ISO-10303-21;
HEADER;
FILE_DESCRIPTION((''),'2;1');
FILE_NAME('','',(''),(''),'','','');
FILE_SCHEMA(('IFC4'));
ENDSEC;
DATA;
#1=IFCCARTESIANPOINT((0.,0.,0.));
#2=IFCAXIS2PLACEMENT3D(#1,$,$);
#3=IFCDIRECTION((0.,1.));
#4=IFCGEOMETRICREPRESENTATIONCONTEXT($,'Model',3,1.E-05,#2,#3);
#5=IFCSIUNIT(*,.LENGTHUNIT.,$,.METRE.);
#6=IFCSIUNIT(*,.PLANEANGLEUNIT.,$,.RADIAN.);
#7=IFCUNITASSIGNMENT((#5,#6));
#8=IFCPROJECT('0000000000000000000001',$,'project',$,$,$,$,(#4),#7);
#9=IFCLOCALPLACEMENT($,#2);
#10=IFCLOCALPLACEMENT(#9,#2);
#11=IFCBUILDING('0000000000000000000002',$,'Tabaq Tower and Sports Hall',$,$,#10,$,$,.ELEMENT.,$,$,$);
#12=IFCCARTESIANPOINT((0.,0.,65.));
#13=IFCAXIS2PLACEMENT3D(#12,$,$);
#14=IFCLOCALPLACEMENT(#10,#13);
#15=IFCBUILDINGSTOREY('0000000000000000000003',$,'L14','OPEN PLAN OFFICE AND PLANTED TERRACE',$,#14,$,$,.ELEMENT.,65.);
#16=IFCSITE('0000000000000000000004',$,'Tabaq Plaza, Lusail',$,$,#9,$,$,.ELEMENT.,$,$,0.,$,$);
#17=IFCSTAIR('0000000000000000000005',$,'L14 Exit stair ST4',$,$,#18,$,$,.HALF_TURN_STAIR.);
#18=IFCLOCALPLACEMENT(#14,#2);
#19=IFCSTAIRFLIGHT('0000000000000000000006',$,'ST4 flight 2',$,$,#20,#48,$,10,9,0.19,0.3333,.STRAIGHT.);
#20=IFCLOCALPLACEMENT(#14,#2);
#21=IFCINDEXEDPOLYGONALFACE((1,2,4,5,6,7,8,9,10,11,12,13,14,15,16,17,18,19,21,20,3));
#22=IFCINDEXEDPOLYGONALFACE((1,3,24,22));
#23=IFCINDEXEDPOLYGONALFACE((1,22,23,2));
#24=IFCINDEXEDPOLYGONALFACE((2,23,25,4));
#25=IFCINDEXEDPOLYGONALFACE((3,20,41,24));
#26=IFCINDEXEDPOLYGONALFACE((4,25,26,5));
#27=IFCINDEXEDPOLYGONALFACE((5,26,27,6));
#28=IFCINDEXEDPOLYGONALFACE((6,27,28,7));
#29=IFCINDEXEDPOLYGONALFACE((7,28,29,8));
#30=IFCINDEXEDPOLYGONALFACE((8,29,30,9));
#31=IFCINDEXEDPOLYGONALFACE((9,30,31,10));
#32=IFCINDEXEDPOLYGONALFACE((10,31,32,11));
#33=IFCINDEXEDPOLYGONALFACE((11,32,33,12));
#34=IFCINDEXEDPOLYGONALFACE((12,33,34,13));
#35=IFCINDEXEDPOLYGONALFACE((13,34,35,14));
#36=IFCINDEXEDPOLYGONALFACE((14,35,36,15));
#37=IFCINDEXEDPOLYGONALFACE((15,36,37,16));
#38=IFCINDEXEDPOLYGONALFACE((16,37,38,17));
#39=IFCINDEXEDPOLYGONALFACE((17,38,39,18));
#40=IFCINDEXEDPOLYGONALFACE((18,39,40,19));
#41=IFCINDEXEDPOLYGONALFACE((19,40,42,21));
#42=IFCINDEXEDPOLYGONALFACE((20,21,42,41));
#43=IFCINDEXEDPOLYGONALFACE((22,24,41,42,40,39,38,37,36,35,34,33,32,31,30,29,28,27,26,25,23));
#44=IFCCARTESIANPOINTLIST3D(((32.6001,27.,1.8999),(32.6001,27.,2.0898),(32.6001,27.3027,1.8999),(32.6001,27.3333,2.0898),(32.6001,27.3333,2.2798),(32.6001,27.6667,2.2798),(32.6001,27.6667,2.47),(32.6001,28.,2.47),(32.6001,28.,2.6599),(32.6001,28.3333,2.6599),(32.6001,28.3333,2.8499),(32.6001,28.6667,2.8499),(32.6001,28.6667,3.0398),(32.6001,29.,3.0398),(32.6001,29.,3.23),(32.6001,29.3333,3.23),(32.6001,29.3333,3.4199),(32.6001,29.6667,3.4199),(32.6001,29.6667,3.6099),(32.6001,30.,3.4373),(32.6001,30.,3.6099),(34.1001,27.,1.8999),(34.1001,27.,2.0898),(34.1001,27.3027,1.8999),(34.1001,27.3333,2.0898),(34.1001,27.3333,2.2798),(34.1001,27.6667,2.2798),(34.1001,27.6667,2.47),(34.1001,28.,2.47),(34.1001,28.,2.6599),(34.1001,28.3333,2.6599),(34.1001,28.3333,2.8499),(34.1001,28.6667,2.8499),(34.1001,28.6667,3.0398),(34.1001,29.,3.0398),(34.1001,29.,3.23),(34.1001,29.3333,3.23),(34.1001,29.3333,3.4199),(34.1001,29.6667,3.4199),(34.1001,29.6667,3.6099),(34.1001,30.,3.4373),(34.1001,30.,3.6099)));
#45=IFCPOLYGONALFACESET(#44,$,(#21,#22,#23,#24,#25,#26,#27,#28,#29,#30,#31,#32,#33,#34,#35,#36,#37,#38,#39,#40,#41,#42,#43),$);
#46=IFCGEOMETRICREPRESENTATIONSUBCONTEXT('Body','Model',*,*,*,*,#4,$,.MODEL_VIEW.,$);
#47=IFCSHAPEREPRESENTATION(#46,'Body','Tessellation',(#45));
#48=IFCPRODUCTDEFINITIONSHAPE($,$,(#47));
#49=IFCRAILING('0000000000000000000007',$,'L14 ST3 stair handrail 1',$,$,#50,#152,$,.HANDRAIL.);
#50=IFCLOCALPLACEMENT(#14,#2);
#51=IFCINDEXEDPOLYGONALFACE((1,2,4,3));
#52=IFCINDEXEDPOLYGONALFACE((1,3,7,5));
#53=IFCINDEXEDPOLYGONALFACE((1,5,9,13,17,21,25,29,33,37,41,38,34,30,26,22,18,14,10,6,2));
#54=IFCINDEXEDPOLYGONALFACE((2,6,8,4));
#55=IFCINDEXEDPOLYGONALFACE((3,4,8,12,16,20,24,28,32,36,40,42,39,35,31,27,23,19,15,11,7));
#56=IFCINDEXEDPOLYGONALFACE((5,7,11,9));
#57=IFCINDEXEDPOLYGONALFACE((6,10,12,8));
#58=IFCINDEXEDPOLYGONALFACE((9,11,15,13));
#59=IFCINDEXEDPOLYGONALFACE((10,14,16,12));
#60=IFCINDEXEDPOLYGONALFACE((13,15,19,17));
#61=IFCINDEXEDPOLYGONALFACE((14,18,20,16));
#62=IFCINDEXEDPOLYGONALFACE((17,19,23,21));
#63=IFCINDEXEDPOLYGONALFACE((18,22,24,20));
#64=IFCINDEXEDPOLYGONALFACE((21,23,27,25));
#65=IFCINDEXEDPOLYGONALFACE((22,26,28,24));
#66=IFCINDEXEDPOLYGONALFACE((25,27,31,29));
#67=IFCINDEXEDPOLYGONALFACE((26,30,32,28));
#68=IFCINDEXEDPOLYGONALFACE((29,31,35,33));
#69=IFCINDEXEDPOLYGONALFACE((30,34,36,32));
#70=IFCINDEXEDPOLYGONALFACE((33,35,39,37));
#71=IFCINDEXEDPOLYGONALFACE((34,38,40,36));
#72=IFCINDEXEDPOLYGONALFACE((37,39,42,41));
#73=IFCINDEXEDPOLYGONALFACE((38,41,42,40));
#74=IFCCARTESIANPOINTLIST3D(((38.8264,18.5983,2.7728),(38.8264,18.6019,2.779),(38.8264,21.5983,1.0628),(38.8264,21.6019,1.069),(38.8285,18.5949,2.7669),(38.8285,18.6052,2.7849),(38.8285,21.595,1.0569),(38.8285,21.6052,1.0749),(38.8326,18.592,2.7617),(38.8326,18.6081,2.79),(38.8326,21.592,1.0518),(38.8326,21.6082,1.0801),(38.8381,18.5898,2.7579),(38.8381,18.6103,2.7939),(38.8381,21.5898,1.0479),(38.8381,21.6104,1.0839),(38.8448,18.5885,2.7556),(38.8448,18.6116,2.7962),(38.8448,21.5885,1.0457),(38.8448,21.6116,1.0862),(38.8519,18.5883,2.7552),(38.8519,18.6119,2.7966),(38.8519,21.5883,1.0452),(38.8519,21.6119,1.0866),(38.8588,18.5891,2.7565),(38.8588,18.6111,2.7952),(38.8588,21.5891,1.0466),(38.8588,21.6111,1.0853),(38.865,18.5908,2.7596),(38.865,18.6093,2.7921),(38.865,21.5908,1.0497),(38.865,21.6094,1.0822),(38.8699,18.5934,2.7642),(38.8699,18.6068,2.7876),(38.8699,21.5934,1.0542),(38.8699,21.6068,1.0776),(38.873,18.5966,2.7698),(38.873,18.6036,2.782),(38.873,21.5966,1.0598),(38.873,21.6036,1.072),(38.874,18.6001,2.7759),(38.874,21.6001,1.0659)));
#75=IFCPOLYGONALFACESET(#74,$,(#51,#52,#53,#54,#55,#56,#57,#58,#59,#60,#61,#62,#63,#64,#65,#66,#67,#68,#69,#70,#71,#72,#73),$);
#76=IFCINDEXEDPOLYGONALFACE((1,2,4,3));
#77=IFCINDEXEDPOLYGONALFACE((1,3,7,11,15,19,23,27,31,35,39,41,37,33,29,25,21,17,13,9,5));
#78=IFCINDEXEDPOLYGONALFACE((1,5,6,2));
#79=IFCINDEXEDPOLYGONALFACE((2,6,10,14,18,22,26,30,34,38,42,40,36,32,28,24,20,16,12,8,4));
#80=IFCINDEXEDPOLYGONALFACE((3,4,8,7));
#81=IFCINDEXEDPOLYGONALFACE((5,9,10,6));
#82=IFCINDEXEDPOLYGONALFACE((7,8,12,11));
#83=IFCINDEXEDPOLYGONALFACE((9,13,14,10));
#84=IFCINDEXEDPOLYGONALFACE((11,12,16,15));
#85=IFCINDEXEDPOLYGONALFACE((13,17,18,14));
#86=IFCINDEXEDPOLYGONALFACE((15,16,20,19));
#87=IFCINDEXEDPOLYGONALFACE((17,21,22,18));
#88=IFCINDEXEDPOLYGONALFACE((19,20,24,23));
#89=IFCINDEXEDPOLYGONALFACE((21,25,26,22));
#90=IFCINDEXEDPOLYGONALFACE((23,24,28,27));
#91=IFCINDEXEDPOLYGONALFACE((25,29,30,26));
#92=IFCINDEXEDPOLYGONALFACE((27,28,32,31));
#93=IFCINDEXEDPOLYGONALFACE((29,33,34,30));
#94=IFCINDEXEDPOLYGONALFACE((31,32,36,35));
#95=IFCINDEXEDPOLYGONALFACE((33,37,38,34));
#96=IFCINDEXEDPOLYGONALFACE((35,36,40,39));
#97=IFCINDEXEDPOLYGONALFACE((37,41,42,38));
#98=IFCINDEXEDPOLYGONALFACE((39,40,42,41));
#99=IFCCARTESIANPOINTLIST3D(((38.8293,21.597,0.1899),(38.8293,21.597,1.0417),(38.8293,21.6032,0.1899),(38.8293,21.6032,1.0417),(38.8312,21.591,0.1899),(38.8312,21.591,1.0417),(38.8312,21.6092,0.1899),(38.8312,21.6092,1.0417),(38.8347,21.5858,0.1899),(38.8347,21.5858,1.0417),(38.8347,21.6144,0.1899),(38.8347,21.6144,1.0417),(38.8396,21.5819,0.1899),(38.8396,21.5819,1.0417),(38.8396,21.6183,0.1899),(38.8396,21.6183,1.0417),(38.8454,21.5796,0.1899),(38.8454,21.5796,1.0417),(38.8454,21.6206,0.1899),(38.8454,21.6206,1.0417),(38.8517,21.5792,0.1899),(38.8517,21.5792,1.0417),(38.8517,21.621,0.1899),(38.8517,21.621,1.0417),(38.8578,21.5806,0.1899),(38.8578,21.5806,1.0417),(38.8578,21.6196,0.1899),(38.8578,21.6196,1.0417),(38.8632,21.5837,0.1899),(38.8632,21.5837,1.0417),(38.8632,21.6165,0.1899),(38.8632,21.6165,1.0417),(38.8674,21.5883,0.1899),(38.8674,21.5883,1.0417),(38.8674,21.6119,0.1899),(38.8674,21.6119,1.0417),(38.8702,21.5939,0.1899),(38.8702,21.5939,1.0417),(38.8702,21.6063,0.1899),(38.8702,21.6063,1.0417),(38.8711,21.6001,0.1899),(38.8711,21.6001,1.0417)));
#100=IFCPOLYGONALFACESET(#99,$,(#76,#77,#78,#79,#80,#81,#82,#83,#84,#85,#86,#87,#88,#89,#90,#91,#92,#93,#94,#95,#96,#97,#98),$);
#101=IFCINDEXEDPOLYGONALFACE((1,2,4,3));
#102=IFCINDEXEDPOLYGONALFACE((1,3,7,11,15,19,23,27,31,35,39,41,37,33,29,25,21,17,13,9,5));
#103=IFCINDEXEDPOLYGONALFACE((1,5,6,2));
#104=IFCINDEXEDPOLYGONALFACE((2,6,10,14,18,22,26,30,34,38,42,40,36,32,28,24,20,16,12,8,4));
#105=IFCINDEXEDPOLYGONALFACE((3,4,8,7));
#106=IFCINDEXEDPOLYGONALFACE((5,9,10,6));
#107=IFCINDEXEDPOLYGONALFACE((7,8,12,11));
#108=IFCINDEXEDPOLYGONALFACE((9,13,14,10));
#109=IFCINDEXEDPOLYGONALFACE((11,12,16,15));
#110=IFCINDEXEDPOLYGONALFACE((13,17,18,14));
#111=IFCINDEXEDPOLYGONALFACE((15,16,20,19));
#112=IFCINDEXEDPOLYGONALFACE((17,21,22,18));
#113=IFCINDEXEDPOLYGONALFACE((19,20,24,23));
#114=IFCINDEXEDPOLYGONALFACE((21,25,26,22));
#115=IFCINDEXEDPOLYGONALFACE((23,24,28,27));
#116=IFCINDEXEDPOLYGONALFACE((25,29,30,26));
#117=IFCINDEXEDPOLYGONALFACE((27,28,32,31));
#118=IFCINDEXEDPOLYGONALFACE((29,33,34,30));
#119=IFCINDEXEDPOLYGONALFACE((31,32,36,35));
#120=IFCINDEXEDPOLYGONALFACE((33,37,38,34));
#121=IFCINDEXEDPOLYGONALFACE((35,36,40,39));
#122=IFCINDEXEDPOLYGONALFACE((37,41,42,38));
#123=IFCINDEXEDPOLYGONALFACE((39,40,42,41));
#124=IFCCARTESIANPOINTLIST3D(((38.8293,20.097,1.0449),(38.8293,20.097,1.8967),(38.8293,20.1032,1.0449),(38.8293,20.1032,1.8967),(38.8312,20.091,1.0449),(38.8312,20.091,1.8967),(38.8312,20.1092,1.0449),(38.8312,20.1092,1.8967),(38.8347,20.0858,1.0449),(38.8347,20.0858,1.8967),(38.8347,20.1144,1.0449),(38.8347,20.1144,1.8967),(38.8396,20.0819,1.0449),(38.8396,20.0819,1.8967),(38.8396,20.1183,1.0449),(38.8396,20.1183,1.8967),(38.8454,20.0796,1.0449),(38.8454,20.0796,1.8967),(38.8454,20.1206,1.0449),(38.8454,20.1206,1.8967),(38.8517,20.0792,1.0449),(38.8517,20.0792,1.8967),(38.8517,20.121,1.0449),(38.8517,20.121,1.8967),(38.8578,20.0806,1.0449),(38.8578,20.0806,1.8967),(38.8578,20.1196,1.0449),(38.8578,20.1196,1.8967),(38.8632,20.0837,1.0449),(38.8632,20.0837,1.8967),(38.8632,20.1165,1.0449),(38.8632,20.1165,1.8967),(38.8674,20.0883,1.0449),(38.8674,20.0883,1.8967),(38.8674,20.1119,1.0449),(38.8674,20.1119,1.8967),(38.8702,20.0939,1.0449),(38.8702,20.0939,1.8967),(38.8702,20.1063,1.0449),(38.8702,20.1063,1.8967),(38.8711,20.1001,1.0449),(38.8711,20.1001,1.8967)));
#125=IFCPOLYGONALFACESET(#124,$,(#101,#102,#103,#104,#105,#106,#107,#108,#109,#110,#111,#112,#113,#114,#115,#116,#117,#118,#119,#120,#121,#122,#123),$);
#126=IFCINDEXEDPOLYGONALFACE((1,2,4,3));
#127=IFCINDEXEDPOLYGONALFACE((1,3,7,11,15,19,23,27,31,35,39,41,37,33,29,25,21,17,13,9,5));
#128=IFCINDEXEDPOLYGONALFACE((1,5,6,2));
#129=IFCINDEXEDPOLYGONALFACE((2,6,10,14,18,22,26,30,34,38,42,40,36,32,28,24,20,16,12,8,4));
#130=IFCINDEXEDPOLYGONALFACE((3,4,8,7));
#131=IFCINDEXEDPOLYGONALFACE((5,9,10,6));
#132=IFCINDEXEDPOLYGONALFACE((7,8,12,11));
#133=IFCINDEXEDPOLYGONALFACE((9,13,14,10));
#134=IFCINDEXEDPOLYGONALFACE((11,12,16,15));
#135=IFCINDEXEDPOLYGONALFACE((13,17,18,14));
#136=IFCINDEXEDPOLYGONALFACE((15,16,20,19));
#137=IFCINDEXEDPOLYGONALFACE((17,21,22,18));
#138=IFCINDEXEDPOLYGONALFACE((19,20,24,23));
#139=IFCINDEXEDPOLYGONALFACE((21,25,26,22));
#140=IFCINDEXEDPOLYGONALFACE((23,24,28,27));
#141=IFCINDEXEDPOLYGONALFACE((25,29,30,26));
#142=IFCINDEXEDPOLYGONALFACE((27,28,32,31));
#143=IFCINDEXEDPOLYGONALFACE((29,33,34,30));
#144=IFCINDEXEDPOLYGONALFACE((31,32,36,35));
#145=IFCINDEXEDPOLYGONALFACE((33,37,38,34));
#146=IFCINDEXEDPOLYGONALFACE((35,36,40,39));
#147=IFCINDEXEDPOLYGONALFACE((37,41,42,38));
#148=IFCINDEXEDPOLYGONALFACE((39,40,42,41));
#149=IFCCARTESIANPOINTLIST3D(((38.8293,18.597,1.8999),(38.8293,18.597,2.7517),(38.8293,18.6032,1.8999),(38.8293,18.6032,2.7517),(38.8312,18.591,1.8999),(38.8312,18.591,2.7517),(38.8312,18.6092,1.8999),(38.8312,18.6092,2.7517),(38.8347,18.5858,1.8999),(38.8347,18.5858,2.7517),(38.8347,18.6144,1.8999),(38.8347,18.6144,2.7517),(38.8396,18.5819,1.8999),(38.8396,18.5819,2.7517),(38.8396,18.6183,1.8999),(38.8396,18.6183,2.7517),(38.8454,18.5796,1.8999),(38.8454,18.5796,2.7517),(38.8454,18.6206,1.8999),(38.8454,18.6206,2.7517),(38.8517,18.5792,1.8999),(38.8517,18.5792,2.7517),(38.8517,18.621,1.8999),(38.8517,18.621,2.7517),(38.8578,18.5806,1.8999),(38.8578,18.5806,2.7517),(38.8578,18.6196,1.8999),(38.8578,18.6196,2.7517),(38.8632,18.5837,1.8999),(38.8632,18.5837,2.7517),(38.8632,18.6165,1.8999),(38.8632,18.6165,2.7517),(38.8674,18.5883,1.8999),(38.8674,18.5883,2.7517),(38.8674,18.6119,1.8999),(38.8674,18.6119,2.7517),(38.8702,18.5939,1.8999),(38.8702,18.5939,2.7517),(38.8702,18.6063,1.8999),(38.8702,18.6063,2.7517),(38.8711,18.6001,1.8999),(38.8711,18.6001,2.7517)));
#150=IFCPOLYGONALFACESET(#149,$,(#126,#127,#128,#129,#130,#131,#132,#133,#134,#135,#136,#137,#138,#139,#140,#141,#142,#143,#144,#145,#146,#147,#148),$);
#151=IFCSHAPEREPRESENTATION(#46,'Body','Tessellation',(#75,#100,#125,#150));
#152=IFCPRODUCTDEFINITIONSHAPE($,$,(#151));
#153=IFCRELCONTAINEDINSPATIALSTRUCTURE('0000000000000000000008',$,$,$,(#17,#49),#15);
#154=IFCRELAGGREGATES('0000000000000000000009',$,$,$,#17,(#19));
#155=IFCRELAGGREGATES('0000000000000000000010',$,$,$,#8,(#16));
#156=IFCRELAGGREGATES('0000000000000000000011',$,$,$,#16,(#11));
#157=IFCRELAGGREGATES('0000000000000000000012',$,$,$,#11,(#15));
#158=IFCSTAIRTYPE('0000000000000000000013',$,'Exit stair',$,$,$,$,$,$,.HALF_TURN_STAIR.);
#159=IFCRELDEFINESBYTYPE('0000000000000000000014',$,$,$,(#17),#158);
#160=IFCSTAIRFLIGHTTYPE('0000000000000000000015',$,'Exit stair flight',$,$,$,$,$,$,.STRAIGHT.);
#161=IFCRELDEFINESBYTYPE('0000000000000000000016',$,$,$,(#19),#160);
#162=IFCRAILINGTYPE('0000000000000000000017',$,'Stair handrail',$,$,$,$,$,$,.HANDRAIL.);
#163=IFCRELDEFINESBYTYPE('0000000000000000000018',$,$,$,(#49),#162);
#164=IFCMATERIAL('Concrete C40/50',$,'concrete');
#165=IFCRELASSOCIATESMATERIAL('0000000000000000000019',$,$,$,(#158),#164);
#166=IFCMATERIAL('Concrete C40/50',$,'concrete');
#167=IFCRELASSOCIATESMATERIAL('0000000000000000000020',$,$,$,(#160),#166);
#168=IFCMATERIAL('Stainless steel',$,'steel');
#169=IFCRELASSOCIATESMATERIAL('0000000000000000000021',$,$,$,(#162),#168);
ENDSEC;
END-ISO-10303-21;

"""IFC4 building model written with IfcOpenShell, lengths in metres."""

from ifc_helpers import new_model, si_unit, direction, frame, origin, origin_2d, place, context, subcontext, project, spatial, polyline, circle, outline, extrude, material, type_object, element, aggregate, save


model = new_model("IFC4")

# Units and contexts
model_context = context("Model", 3, precision=1e-05, world=origin(), true_north=direction((0.0, 1.0)))
body_context = subcontext(model_context, "Body", "Model", "MODEL_VIEW")
ifc_project = project(units=[si_unit("LENGTHUNIT", "METRE"), si_unit("PLANEANGLEUNIT", "RADIAN")], contexts=[model_context])

# Site, building, storey
site_placement = place(None, origin())
site = spatial("IfcSite", under=ifc_project, at=site_placement, Name="Tabaq Plaza, Lusail", CompositionType="ELEMENT", RefElevation=0.0)
building_placement = place(site_placement, origin())
building = spatial("IfcBuilding", under=site, at=building_placement, Name="Tabaq Tower and Sports Hall", CompositionType="ELEMENT")
storey_placement = place(building_placement, frame((0.0, 0.0, 65.0)))
storey = spatial("IfcBuildingStorey", under=building, at=storey_placement, Name="L14", Description="OPEN PLAN OFFICE AND PLANTED TERRACE", CompositionType="ELEMENT", Elevation=65.0)

# Stair, stair flight
ifc_material_1 = material(Name="Concrete C40/50", Category="concrete")
stair_type = type_object("IfcStairType", Name="Exit stair", PredefinedType="HALF_TURN_STAIR", material=ifc_material_1)
ifc_material_2 = material(Name="Concrete C40/50", Category="concrete")
stair_flight_type = type_object("IfcStairFlightType", Name="Exit stair flight", PredefinedType="STRAIGHT", material=ifc_material_2)
stair_1_placement = place(storey_placement, origin())
stair_1 = element("IfcStair", 1, at=stair_1_placement, inside=storey, type_object=stair_type, Name="L14 Exit stair ST4", PredefinedType="HALF_TURN_STAIR")
stair_flight_1_placement = place(storey_placement, frame((33.3501, 27.0, 1.8999), z_axis=(0.0, 0.0, 1.0), x_axis=(0.0, 1.0, 0.0)))
stair_flight_1 = element("IfcStairFlight", 2, at=stair_flight_1_placement, type_object=stair_flight_type, Name="ST4 flight 2", NumberOfRisers=10, NumberOfTreads=9, PredefinedType="STRAIGHT", RiserHeight=0.19, TreadLength=0.3333, context=body_context, shape_type="SweptSolid", body=[
    extrude(outline(polyline([(0.0, 0.0), (0.0, 0.1899), (0.3333, 0.1899), (0.3333, 0.3799), (0.6667, 0.3799), (0.6667, 0.5701), (1.0, 0.5701), (1.0, 0.76), (1.3333, 0.76), (1.3333, 0.95), (1.6667, 0.95), (1.6667, 1.1399), (2.0, 1.1399), (2.0, 1.3301), (2.3333, 1.3301), (2.3333, 1.52), (2.6667, 1.52), (2.6667, 1.71), (3.0, 1.71), (3.0, 1.8999), (3.0, 1.5374), (0.3027, 0.0), (0.0, 0.0)])), frame((0.0, 0.75, 0.0), z_axis=(0.0, -1.0, 0.0), x_axis=(1.0, 0.0, 0.0)), (0.0, 0.0, 1.0), 1.5),
])
aggregate(stair_1, [stair_flight_1])

# Railing
ifc_material_3 = material(Name="Stainless steel", Category="steel")
railing_type_1 = type_object("IfcRailingType", Name="Stair handrail", PredefinedType="HANDRAIL", material=ifc_material_3)
railing_1_placement = place(storey_placement, frame((38.8501, 21.6001, 0.1899)))
element("IfcRailing", 3, at=railing_1_placement, inside=storey, type_object=railing_type_1, Name="L14 ST3 stair handrail 1", PredefinedType="HANDRAIL", context=body_context, shape_type="SweptSolid", body=[
    extrude(circle(Radius=0.0239, at=origin_2d()), frame((0.0, 0.0, 0.876), z_axis=(0.0, -0.868782, 0.495195), x_axis=(1.0, 0.0, 0.0)), (0.0, 0.0, 1.0), 3.4531),
    extrude(circle(Radius=0.021, at=origin_2d()), origin(), (0.0, 0.0, 1.0), 0.8518),
    extrude(circle(Radius=0.021, at=origin_2d()), frame((0.0, -1.5, 0.855)), (0.0, 0.0, 1.0), 0.8518),
    extrude(circle(Radius=0.021, at=origin_2d()), frame((0.0, -3.0, 1.71)), (0.0, 0.0, 1.0), 0.8518),
])

save(model, "model.ifc")
